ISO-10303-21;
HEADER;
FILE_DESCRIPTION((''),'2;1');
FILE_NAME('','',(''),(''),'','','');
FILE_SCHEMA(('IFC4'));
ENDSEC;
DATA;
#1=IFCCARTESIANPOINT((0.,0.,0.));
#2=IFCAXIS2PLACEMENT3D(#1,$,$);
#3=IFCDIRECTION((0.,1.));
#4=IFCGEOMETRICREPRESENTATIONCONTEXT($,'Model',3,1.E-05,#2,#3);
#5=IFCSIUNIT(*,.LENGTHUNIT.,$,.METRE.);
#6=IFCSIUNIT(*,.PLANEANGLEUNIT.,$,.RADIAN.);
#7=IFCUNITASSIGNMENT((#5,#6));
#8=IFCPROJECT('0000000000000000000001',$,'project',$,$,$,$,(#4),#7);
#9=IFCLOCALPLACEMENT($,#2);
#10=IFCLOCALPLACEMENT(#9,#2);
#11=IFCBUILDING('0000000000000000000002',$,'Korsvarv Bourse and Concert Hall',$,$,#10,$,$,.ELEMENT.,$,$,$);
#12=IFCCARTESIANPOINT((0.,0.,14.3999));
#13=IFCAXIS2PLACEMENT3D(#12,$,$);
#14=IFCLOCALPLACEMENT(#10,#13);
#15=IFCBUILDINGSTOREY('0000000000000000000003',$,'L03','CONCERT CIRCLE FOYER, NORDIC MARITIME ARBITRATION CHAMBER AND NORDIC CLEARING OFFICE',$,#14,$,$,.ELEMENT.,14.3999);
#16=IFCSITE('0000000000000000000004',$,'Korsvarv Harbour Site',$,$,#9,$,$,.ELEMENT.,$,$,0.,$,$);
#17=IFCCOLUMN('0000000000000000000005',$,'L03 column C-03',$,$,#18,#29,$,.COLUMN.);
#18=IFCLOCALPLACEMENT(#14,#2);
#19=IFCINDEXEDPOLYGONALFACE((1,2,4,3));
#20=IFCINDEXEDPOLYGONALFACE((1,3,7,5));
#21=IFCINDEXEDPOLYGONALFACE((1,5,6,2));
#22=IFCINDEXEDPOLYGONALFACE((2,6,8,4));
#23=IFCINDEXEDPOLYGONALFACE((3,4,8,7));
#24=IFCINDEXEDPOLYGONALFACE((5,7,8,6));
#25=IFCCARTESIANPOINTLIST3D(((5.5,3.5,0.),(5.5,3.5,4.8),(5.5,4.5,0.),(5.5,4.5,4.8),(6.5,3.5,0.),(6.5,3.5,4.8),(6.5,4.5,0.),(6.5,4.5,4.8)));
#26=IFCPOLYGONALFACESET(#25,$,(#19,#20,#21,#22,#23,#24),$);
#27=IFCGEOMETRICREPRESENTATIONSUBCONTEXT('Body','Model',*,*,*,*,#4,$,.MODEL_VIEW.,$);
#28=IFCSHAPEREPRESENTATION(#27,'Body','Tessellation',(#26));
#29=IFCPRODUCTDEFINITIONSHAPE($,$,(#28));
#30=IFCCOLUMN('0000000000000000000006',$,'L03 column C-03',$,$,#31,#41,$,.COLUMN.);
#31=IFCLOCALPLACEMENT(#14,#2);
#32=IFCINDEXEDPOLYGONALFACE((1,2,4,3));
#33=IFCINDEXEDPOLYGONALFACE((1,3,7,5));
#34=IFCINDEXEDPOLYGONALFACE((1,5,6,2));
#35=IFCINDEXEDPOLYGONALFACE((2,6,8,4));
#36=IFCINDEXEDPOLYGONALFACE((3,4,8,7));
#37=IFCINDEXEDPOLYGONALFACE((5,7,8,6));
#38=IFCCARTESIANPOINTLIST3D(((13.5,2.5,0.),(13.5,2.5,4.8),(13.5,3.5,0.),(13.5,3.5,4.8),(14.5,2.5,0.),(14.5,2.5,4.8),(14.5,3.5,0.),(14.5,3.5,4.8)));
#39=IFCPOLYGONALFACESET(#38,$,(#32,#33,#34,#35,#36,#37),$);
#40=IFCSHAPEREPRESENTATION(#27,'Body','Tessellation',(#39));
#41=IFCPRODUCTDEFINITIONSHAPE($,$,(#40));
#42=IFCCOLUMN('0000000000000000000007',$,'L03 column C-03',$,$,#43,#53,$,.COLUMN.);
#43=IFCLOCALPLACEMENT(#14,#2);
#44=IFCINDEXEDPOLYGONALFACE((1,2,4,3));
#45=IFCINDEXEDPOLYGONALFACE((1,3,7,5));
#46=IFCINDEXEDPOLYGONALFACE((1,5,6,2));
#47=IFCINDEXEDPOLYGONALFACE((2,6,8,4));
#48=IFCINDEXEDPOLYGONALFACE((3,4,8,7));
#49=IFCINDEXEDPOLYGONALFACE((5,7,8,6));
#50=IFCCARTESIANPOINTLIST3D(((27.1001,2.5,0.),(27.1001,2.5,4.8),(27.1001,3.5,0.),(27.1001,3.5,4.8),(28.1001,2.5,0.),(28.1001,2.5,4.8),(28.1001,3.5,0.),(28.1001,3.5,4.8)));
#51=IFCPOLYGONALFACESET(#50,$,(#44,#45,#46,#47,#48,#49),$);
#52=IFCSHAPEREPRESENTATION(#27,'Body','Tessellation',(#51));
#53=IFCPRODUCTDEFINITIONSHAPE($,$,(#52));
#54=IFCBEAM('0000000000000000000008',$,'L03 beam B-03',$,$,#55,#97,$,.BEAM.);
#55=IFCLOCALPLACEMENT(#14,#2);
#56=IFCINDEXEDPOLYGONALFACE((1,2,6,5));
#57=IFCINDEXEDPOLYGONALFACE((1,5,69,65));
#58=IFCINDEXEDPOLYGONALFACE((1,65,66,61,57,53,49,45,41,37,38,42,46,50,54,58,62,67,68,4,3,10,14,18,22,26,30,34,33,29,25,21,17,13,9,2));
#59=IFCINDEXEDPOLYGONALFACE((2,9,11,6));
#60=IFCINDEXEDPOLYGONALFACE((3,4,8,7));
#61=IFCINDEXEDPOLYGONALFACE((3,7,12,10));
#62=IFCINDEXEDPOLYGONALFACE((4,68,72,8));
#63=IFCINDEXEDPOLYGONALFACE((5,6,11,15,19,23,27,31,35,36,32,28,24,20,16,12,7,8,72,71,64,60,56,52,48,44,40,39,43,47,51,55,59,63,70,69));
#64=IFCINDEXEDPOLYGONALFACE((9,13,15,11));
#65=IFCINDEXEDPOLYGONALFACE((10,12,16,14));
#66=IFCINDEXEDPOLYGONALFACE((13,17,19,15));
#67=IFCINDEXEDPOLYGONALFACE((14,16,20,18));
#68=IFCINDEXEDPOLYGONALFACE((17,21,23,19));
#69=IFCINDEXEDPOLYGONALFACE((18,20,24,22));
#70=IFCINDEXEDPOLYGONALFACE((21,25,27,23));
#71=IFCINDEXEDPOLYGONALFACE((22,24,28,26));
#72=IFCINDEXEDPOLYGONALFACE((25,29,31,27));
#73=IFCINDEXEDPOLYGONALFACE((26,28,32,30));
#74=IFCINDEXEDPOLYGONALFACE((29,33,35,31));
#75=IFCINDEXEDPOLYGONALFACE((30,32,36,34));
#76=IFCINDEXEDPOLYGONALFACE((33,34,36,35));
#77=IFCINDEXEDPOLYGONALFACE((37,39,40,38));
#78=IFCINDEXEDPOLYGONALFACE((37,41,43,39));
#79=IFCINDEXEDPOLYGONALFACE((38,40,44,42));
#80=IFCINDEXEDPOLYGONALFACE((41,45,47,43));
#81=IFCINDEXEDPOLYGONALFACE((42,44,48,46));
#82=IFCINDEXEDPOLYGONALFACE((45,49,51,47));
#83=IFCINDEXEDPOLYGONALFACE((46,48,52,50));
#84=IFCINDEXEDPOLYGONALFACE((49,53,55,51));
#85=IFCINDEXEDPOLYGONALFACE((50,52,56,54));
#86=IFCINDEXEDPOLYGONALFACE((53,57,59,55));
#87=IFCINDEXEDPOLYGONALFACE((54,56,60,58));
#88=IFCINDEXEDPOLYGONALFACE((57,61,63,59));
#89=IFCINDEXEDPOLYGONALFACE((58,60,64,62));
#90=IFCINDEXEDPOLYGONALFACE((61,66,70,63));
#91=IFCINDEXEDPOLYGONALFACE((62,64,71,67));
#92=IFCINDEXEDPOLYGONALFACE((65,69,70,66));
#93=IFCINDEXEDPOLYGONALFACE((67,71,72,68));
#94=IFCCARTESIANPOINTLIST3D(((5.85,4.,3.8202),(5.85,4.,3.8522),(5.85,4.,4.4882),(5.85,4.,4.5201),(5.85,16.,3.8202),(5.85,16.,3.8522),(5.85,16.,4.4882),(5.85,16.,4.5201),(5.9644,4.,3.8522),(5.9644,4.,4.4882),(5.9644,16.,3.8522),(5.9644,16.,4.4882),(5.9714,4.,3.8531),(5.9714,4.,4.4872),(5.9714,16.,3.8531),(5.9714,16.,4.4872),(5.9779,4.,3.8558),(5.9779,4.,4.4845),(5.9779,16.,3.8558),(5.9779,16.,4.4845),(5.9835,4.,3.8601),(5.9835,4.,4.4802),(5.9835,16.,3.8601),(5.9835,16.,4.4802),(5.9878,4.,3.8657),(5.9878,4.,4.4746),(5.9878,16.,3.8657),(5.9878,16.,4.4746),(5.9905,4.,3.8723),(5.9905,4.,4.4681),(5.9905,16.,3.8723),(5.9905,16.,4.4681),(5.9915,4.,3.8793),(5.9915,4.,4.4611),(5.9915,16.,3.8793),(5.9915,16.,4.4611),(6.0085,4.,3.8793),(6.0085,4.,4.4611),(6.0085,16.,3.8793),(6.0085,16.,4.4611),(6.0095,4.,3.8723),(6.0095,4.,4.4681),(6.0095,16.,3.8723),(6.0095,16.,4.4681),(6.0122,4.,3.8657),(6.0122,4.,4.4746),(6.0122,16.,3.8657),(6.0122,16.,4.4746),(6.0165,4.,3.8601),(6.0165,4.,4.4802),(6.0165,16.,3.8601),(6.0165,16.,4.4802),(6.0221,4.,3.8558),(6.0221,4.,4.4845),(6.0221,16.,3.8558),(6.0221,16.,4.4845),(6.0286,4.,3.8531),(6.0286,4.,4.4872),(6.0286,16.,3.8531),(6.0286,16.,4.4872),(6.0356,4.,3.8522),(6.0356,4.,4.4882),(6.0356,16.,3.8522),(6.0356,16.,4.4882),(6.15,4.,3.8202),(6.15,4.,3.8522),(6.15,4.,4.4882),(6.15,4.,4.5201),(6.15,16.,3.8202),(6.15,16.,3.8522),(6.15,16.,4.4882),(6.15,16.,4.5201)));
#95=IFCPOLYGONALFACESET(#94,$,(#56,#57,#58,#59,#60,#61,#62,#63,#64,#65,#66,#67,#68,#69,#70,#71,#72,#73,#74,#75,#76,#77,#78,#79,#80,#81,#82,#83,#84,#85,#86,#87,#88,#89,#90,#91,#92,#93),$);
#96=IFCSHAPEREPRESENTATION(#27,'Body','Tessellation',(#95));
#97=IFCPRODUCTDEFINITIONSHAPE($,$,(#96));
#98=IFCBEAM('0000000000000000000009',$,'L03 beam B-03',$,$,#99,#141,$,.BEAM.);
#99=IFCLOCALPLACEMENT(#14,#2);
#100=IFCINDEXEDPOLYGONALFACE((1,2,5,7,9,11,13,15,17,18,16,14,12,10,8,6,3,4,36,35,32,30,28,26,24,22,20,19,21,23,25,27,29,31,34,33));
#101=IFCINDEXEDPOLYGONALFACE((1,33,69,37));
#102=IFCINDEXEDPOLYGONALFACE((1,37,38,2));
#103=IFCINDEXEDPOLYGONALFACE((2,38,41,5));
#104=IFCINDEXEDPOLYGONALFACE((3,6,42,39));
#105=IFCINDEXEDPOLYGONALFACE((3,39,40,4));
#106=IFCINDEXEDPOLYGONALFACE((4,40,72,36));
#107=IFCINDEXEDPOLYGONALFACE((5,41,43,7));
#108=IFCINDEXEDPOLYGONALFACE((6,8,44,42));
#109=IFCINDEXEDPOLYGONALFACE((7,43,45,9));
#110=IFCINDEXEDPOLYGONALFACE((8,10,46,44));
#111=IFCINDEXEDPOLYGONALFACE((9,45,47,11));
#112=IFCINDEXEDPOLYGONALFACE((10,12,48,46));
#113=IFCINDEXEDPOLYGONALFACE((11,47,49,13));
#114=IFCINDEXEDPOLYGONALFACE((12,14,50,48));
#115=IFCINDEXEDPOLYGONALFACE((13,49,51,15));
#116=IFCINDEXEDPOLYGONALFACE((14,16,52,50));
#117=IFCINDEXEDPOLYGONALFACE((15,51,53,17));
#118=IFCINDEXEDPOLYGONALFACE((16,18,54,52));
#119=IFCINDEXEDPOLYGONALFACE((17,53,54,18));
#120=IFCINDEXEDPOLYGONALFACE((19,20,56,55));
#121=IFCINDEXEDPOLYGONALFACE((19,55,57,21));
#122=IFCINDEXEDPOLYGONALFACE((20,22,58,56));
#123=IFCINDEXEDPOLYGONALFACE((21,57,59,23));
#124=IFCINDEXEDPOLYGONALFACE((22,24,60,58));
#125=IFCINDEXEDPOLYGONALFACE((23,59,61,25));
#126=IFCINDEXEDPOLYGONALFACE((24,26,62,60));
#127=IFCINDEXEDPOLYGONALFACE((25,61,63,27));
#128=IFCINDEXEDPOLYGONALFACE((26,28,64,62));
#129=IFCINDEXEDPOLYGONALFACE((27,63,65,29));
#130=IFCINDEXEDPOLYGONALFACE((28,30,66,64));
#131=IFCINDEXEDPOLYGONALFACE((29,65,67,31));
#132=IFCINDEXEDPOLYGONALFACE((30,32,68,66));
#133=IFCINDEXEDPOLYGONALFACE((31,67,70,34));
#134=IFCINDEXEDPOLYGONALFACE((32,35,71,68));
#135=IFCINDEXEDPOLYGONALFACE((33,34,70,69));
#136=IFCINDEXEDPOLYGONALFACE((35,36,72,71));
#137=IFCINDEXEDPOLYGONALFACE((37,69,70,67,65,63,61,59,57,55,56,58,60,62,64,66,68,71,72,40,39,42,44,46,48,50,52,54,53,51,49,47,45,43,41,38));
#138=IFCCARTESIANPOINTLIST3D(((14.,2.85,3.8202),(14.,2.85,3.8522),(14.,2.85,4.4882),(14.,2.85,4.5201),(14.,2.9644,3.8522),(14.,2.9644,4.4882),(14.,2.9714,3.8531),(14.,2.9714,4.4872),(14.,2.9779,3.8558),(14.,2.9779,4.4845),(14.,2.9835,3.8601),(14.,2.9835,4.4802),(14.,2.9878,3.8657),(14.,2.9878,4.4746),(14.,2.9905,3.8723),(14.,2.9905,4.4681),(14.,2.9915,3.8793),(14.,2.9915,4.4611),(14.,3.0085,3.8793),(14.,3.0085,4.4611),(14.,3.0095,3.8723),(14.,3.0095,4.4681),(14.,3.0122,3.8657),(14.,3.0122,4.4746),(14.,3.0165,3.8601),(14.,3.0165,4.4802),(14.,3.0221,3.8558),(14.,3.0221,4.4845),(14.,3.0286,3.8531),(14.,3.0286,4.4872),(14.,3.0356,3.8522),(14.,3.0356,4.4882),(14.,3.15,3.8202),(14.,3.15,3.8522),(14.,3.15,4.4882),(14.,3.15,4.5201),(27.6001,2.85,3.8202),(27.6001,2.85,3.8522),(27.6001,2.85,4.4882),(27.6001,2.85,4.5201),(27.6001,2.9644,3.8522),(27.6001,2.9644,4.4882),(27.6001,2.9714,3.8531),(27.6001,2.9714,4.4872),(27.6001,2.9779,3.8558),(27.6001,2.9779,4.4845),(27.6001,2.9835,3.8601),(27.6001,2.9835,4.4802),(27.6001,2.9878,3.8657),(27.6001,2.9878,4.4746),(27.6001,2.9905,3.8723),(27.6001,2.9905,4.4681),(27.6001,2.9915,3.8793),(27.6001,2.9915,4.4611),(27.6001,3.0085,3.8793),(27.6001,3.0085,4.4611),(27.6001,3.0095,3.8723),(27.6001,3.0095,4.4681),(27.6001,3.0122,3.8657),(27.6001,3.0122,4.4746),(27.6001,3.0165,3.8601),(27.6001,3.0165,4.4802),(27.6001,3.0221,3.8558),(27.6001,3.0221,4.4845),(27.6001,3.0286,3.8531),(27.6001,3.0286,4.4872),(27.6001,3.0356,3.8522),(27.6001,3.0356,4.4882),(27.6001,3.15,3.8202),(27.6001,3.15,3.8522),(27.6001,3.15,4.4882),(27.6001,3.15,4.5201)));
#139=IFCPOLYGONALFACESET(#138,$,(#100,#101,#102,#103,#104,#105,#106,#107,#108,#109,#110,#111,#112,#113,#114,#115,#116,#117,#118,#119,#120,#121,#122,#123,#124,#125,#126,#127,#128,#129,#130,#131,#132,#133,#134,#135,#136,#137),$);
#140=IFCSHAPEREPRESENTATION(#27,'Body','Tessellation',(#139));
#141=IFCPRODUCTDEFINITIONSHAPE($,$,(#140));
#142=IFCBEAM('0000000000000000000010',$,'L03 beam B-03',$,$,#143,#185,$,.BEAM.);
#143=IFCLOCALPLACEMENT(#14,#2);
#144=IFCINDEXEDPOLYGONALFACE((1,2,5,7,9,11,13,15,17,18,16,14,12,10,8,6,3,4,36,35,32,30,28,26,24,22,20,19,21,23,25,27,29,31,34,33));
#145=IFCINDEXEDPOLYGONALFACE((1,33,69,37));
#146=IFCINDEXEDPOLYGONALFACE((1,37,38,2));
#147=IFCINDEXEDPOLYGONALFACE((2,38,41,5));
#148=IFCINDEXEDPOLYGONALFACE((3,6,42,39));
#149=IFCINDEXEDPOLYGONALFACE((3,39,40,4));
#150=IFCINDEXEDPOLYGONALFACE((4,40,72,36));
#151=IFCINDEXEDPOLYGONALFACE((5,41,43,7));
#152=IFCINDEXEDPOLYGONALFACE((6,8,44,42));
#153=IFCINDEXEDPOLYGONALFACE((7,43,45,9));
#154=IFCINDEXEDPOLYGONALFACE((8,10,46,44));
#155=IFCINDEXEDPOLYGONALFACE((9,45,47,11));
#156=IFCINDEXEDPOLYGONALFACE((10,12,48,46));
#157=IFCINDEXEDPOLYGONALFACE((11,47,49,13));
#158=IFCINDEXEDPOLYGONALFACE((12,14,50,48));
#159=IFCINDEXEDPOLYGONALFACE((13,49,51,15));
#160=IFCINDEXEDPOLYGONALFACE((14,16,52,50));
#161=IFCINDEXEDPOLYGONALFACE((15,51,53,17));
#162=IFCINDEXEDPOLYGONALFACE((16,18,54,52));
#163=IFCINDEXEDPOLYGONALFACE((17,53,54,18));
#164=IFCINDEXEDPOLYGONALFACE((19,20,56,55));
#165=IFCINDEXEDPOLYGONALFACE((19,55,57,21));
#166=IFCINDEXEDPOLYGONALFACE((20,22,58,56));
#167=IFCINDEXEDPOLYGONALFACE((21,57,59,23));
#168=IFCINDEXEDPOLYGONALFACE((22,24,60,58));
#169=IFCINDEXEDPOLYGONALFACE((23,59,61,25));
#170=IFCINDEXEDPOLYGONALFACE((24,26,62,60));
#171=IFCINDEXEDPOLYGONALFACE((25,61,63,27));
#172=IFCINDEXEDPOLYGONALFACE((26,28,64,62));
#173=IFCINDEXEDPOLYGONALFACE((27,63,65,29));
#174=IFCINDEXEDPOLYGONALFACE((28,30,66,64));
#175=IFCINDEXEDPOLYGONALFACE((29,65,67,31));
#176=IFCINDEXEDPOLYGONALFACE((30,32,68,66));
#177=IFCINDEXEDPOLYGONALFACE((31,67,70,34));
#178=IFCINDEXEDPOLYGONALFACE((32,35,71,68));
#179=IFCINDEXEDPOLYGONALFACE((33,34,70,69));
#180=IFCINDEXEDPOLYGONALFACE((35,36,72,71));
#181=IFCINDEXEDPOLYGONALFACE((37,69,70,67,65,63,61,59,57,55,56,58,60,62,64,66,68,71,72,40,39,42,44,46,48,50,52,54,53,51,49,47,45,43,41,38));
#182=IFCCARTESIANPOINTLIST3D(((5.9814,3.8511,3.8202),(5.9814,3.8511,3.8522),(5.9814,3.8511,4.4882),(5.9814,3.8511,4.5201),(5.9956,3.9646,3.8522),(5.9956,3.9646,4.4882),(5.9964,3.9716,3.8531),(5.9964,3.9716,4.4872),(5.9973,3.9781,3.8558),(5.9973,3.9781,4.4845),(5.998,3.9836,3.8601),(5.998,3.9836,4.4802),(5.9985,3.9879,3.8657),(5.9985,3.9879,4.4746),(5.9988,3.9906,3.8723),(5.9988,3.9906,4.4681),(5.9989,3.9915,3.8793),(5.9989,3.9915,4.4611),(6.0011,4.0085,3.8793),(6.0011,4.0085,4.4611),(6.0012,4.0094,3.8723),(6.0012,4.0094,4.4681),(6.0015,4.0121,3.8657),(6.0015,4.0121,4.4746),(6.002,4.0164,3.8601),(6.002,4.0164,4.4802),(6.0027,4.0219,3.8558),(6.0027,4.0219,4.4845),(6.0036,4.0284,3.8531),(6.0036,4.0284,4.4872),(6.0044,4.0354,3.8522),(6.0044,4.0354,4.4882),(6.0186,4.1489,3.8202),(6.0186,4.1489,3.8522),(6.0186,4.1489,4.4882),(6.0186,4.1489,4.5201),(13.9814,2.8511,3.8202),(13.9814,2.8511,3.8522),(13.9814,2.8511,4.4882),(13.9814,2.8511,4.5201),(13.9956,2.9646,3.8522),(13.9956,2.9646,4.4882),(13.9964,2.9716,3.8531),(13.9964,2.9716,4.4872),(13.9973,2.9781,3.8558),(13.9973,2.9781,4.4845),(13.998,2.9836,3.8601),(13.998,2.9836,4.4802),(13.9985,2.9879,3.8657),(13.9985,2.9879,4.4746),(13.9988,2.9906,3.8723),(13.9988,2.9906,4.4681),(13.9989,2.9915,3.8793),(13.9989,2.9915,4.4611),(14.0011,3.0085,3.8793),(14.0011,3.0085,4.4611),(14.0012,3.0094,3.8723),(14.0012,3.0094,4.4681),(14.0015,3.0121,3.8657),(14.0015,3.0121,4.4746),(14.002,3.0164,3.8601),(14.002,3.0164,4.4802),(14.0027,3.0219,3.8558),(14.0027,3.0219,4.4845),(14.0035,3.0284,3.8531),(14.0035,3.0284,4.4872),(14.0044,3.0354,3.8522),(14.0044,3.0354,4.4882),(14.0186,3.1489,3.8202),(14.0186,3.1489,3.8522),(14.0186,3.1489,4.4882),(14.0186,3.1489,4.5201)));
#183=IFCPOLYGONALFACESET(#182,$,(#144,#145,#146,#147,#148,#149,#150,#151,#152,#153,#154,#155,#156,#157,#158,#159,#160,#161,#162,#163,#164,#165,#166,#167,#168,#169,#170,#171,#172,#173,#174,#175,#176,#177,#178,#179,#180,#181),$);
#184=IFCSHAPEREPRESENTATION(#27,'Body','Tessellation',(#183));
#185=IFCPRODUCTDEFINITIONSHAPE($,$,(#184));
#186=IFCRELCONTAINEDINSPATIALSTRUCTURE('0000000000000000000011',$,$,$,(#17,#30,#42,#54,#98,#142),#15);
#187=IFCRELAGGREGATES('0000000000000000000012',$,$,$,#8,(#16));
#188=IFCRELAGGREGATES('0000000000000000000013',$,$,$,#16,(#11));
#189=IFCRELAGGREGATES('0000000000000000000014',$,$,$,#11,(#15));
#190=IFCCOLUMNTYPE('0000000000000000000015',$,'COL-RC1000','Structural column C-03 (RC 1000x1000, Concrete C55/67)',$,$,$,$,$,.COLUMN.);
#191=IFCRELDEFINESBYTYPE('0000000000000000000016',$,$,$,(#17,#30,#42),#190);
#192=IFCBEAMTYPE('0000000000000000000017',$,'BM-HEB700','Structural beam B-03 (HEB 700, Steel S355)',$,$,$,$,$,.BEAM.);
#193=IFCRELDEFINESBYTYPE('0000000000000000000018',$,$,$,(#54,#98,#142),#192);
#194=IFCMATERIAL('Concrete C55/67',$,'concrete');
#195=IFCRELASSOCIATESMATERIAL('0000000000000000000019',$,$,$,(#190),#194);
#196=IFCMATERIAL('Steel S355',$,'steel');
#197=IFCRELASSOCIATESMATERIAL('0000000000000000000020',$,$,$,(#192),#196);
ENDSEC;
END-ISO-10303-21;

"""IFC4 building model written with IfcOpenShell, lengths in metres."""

from ifc_helpers import new_model, si_unit, direction, frame, origin, origin_2d, place, context, subcontext, project, spatial, rectangle, i_section, extrude, source, transform, mapped, material, material_profile, profile_set, type_object, element, save


model = new_model("IFC4")

# Units and contexts
model_context = context("Model", 3, precision=1e-05, world=origin(), true_north=direction((0.0, 1.0)))
body_context = subcontext(model_context, "Body", "Model", "MODEL_VIEW")
ifc_project = project(units=[si_unit("LENGTHUNIT", "METRE"), si_unit("PLANEANGLEUNIT", "RADIAN")], contexts=[model_context])

# Site, building, storey
site_placement = place(None, origin())
site = spatial("IfcSite", under=ifc_project, at=site_placement, Name="Korsvarv Harbour Site", CompositionType="ELEMENT", RefElevation=0.0)
building_placement = place(site_placement, origin())
building = spatial("IfcBuilding", under=site, at=building_placement, Name="Korsvarv Bourse and Concert Hall", CompositionType="ELEMENT")
storey_placement = place(building_placement, frame((0.0, 0.0, 14.3999)))
storey = spatial("IfcBuildingStorey", under=building, at=storey_placement, Name="L03", Description="CONCERT CIRCLE FOYER, NORDIC MARITIME ARBITRATION CHAMBER AND NORDIC CLEARING OFFICE", CompositionType="ELEMENT", Elevation=14.3999)

# Columns
ifc_material_1 = material(Name="Concrete C55/67", Category="concrete")
ifc_material_profile_1 = material_profile(ifc_material_1, rectangle(XDim=1.0, YDim=1.0, at=origin_2d()), Name="RC 1000x1000")
ifc_profile_set_1 = profile_set([ifc_material_profile_1], Name="Concrete C55/67")
column_type = type_object("IfcColumnType", Name="COL-RC1000", Description="Structural column C-03 (RC 1000x1000, Concrete C55/67)", PredefinedType="COLUMN", material=ifc_profile_set_1)
shared_shape_1 = source(origin(), body_context, "Body", "SweptSolid", [
    extrude(rectangle(XDim=1.0, YDim=1.0, at=origin_2d()), origin(), (0.0, 0.0, 1.0), 4.8),
])
for number, where, z_axis, x_axis, name in (
    (1, (6.0, 4.0, 0.0), (0.0, 0.0, 1.0), (1.0, 0.0, 0.0), "L03 column C-03"),
    (2, (14.0, 3.0, 0.0), (0.0, 0.0, 1.0), (1.0, 0.0, 0.0), "L03 column C-03"),
    (3, (27.6001, 3.0, 0.0), (0.0, 0.0, 1.0), (1.0, 0.0, 0.0), "L03 column C-03"),
):
    element("IfcColumn", number, at=place(storey_placement, frame(where, z_axis=z_axis, x_axis=x_axis)), inside=storey, type_object=column_type, Name=name, PredefinedType="COLUMN", context=body_context, shape_type="MappedRepresentation", body=[
        mapped(shared_shape_1, transform((0.0, 0.0, 0.0), scale=1.0)),
    ])

# Beams
ifc_material_2 = material(Name="Steel S355", Category="steel")
ifc_material_profile_2 = material_profile(ifc_material_2, i_section(OverallWidth=0.3, OverallDepth=0.7, WebThickness=0.0171, FlangeThickness=0.032, FilletRadius=0.0271, at=origin_2d()), Name="HEB 700")
ifc_profile_set_2 = profile_set([ifc_material_profile_2], Name="Steel S355")
beam_type = type_object("IfcBeamType", Name="BM-HEB700", Description="Structural beam B-03 (HEB 700, Steel S355)", PredefinedType="BEAM", material=ifc_profile_set_2)
shared_shape_2 = source(origin(), body_context, "Body", "SweptSolid", [
    extrude(i_section(OverallWidth=0.3, OverallDepth=0.7, WebThickness=0.0171, FlangeThickness=0.032, FilletRadius=0.0271, at=origin_2d()), origin(), (0.0, 0.0, 1.0), 12.0),
])
beam_1_placement = place(storey_placement, frame((6.0, 4.0, 4.1702), z_axis=(0.0, 1.0, 0.0), x_axis=(-1.0, 0.0, 0.0)))
element("IfcBeam", 4, at=beam_1_placement, inside=storey, type_object=beam_type, Name="L03 beam B-03", PredefinedType="BEAM", context=body_context, shape_type="MappedRepresentation", body=[
    mapped(shared_shape_2, transform((0.0, 0.0, 0.0), scale=1.0)),
])
shared_shape_3 = source(origin(), body_context, "Body", "SweptSolid", [
    extrude(i_section(OverallWidth=0.3, OverallDepth=0.7, WebThickness=0.0171, FlangeThickness=0.032, FilletRadius=0.0271, at=origin_2d()), origin(), (0.0, 0.0, 1.0), 13.6001),
])
beam_2_placement = place(storey_placement, frame((14.0, 3.0, 4.1702), z_axis=(1.0, 0.0, 0.0), x_axis=(0.0, 1.0, 0.0)))
element("IfcBeam", 5, at=beam_2_placement, inside=storey, type_object=beam_type, Name="L03 beam B-03", PredefinedType="BEAM", context=body_context, shape_type="MappedRepresentation", body=[
    mapped(shared_shape_3, transform((0.0, 0.0, 0.0), scale=1.0)),
])
shared_shape_4 = source(origin(), body_context, "Body", "SweptSolid", [
    extrude(i_section(OverallWidth=0.3, OverallDepth=0.7, WebThickness=0.0171, FlangeThickness=0.032, FilletRadius=0.0271, at=origin_2d()), origin(), (0.0, 0.0, 1.0), 8.0623),
])
beam_3_placement = place(storey_placement, frame((6.0, 4.0, 4.1702), z_axis=(0.992278, -0.124035, 0.0), x_axis=(0.124035, 0.992278, 0.0)))
element("IfcBeam", 6, at=beam_3_placement, inside=storey, type_object=beam_type, Name="L03 beam B-03", PredefinedType="BEAM", context=body_context, shape_type="MappedRepresentation", body=[
    mapped(shared_shape_4, transform((0.0, 0.0, 0.0), scale=1.0)),
])

save(model, "model.ifc")
